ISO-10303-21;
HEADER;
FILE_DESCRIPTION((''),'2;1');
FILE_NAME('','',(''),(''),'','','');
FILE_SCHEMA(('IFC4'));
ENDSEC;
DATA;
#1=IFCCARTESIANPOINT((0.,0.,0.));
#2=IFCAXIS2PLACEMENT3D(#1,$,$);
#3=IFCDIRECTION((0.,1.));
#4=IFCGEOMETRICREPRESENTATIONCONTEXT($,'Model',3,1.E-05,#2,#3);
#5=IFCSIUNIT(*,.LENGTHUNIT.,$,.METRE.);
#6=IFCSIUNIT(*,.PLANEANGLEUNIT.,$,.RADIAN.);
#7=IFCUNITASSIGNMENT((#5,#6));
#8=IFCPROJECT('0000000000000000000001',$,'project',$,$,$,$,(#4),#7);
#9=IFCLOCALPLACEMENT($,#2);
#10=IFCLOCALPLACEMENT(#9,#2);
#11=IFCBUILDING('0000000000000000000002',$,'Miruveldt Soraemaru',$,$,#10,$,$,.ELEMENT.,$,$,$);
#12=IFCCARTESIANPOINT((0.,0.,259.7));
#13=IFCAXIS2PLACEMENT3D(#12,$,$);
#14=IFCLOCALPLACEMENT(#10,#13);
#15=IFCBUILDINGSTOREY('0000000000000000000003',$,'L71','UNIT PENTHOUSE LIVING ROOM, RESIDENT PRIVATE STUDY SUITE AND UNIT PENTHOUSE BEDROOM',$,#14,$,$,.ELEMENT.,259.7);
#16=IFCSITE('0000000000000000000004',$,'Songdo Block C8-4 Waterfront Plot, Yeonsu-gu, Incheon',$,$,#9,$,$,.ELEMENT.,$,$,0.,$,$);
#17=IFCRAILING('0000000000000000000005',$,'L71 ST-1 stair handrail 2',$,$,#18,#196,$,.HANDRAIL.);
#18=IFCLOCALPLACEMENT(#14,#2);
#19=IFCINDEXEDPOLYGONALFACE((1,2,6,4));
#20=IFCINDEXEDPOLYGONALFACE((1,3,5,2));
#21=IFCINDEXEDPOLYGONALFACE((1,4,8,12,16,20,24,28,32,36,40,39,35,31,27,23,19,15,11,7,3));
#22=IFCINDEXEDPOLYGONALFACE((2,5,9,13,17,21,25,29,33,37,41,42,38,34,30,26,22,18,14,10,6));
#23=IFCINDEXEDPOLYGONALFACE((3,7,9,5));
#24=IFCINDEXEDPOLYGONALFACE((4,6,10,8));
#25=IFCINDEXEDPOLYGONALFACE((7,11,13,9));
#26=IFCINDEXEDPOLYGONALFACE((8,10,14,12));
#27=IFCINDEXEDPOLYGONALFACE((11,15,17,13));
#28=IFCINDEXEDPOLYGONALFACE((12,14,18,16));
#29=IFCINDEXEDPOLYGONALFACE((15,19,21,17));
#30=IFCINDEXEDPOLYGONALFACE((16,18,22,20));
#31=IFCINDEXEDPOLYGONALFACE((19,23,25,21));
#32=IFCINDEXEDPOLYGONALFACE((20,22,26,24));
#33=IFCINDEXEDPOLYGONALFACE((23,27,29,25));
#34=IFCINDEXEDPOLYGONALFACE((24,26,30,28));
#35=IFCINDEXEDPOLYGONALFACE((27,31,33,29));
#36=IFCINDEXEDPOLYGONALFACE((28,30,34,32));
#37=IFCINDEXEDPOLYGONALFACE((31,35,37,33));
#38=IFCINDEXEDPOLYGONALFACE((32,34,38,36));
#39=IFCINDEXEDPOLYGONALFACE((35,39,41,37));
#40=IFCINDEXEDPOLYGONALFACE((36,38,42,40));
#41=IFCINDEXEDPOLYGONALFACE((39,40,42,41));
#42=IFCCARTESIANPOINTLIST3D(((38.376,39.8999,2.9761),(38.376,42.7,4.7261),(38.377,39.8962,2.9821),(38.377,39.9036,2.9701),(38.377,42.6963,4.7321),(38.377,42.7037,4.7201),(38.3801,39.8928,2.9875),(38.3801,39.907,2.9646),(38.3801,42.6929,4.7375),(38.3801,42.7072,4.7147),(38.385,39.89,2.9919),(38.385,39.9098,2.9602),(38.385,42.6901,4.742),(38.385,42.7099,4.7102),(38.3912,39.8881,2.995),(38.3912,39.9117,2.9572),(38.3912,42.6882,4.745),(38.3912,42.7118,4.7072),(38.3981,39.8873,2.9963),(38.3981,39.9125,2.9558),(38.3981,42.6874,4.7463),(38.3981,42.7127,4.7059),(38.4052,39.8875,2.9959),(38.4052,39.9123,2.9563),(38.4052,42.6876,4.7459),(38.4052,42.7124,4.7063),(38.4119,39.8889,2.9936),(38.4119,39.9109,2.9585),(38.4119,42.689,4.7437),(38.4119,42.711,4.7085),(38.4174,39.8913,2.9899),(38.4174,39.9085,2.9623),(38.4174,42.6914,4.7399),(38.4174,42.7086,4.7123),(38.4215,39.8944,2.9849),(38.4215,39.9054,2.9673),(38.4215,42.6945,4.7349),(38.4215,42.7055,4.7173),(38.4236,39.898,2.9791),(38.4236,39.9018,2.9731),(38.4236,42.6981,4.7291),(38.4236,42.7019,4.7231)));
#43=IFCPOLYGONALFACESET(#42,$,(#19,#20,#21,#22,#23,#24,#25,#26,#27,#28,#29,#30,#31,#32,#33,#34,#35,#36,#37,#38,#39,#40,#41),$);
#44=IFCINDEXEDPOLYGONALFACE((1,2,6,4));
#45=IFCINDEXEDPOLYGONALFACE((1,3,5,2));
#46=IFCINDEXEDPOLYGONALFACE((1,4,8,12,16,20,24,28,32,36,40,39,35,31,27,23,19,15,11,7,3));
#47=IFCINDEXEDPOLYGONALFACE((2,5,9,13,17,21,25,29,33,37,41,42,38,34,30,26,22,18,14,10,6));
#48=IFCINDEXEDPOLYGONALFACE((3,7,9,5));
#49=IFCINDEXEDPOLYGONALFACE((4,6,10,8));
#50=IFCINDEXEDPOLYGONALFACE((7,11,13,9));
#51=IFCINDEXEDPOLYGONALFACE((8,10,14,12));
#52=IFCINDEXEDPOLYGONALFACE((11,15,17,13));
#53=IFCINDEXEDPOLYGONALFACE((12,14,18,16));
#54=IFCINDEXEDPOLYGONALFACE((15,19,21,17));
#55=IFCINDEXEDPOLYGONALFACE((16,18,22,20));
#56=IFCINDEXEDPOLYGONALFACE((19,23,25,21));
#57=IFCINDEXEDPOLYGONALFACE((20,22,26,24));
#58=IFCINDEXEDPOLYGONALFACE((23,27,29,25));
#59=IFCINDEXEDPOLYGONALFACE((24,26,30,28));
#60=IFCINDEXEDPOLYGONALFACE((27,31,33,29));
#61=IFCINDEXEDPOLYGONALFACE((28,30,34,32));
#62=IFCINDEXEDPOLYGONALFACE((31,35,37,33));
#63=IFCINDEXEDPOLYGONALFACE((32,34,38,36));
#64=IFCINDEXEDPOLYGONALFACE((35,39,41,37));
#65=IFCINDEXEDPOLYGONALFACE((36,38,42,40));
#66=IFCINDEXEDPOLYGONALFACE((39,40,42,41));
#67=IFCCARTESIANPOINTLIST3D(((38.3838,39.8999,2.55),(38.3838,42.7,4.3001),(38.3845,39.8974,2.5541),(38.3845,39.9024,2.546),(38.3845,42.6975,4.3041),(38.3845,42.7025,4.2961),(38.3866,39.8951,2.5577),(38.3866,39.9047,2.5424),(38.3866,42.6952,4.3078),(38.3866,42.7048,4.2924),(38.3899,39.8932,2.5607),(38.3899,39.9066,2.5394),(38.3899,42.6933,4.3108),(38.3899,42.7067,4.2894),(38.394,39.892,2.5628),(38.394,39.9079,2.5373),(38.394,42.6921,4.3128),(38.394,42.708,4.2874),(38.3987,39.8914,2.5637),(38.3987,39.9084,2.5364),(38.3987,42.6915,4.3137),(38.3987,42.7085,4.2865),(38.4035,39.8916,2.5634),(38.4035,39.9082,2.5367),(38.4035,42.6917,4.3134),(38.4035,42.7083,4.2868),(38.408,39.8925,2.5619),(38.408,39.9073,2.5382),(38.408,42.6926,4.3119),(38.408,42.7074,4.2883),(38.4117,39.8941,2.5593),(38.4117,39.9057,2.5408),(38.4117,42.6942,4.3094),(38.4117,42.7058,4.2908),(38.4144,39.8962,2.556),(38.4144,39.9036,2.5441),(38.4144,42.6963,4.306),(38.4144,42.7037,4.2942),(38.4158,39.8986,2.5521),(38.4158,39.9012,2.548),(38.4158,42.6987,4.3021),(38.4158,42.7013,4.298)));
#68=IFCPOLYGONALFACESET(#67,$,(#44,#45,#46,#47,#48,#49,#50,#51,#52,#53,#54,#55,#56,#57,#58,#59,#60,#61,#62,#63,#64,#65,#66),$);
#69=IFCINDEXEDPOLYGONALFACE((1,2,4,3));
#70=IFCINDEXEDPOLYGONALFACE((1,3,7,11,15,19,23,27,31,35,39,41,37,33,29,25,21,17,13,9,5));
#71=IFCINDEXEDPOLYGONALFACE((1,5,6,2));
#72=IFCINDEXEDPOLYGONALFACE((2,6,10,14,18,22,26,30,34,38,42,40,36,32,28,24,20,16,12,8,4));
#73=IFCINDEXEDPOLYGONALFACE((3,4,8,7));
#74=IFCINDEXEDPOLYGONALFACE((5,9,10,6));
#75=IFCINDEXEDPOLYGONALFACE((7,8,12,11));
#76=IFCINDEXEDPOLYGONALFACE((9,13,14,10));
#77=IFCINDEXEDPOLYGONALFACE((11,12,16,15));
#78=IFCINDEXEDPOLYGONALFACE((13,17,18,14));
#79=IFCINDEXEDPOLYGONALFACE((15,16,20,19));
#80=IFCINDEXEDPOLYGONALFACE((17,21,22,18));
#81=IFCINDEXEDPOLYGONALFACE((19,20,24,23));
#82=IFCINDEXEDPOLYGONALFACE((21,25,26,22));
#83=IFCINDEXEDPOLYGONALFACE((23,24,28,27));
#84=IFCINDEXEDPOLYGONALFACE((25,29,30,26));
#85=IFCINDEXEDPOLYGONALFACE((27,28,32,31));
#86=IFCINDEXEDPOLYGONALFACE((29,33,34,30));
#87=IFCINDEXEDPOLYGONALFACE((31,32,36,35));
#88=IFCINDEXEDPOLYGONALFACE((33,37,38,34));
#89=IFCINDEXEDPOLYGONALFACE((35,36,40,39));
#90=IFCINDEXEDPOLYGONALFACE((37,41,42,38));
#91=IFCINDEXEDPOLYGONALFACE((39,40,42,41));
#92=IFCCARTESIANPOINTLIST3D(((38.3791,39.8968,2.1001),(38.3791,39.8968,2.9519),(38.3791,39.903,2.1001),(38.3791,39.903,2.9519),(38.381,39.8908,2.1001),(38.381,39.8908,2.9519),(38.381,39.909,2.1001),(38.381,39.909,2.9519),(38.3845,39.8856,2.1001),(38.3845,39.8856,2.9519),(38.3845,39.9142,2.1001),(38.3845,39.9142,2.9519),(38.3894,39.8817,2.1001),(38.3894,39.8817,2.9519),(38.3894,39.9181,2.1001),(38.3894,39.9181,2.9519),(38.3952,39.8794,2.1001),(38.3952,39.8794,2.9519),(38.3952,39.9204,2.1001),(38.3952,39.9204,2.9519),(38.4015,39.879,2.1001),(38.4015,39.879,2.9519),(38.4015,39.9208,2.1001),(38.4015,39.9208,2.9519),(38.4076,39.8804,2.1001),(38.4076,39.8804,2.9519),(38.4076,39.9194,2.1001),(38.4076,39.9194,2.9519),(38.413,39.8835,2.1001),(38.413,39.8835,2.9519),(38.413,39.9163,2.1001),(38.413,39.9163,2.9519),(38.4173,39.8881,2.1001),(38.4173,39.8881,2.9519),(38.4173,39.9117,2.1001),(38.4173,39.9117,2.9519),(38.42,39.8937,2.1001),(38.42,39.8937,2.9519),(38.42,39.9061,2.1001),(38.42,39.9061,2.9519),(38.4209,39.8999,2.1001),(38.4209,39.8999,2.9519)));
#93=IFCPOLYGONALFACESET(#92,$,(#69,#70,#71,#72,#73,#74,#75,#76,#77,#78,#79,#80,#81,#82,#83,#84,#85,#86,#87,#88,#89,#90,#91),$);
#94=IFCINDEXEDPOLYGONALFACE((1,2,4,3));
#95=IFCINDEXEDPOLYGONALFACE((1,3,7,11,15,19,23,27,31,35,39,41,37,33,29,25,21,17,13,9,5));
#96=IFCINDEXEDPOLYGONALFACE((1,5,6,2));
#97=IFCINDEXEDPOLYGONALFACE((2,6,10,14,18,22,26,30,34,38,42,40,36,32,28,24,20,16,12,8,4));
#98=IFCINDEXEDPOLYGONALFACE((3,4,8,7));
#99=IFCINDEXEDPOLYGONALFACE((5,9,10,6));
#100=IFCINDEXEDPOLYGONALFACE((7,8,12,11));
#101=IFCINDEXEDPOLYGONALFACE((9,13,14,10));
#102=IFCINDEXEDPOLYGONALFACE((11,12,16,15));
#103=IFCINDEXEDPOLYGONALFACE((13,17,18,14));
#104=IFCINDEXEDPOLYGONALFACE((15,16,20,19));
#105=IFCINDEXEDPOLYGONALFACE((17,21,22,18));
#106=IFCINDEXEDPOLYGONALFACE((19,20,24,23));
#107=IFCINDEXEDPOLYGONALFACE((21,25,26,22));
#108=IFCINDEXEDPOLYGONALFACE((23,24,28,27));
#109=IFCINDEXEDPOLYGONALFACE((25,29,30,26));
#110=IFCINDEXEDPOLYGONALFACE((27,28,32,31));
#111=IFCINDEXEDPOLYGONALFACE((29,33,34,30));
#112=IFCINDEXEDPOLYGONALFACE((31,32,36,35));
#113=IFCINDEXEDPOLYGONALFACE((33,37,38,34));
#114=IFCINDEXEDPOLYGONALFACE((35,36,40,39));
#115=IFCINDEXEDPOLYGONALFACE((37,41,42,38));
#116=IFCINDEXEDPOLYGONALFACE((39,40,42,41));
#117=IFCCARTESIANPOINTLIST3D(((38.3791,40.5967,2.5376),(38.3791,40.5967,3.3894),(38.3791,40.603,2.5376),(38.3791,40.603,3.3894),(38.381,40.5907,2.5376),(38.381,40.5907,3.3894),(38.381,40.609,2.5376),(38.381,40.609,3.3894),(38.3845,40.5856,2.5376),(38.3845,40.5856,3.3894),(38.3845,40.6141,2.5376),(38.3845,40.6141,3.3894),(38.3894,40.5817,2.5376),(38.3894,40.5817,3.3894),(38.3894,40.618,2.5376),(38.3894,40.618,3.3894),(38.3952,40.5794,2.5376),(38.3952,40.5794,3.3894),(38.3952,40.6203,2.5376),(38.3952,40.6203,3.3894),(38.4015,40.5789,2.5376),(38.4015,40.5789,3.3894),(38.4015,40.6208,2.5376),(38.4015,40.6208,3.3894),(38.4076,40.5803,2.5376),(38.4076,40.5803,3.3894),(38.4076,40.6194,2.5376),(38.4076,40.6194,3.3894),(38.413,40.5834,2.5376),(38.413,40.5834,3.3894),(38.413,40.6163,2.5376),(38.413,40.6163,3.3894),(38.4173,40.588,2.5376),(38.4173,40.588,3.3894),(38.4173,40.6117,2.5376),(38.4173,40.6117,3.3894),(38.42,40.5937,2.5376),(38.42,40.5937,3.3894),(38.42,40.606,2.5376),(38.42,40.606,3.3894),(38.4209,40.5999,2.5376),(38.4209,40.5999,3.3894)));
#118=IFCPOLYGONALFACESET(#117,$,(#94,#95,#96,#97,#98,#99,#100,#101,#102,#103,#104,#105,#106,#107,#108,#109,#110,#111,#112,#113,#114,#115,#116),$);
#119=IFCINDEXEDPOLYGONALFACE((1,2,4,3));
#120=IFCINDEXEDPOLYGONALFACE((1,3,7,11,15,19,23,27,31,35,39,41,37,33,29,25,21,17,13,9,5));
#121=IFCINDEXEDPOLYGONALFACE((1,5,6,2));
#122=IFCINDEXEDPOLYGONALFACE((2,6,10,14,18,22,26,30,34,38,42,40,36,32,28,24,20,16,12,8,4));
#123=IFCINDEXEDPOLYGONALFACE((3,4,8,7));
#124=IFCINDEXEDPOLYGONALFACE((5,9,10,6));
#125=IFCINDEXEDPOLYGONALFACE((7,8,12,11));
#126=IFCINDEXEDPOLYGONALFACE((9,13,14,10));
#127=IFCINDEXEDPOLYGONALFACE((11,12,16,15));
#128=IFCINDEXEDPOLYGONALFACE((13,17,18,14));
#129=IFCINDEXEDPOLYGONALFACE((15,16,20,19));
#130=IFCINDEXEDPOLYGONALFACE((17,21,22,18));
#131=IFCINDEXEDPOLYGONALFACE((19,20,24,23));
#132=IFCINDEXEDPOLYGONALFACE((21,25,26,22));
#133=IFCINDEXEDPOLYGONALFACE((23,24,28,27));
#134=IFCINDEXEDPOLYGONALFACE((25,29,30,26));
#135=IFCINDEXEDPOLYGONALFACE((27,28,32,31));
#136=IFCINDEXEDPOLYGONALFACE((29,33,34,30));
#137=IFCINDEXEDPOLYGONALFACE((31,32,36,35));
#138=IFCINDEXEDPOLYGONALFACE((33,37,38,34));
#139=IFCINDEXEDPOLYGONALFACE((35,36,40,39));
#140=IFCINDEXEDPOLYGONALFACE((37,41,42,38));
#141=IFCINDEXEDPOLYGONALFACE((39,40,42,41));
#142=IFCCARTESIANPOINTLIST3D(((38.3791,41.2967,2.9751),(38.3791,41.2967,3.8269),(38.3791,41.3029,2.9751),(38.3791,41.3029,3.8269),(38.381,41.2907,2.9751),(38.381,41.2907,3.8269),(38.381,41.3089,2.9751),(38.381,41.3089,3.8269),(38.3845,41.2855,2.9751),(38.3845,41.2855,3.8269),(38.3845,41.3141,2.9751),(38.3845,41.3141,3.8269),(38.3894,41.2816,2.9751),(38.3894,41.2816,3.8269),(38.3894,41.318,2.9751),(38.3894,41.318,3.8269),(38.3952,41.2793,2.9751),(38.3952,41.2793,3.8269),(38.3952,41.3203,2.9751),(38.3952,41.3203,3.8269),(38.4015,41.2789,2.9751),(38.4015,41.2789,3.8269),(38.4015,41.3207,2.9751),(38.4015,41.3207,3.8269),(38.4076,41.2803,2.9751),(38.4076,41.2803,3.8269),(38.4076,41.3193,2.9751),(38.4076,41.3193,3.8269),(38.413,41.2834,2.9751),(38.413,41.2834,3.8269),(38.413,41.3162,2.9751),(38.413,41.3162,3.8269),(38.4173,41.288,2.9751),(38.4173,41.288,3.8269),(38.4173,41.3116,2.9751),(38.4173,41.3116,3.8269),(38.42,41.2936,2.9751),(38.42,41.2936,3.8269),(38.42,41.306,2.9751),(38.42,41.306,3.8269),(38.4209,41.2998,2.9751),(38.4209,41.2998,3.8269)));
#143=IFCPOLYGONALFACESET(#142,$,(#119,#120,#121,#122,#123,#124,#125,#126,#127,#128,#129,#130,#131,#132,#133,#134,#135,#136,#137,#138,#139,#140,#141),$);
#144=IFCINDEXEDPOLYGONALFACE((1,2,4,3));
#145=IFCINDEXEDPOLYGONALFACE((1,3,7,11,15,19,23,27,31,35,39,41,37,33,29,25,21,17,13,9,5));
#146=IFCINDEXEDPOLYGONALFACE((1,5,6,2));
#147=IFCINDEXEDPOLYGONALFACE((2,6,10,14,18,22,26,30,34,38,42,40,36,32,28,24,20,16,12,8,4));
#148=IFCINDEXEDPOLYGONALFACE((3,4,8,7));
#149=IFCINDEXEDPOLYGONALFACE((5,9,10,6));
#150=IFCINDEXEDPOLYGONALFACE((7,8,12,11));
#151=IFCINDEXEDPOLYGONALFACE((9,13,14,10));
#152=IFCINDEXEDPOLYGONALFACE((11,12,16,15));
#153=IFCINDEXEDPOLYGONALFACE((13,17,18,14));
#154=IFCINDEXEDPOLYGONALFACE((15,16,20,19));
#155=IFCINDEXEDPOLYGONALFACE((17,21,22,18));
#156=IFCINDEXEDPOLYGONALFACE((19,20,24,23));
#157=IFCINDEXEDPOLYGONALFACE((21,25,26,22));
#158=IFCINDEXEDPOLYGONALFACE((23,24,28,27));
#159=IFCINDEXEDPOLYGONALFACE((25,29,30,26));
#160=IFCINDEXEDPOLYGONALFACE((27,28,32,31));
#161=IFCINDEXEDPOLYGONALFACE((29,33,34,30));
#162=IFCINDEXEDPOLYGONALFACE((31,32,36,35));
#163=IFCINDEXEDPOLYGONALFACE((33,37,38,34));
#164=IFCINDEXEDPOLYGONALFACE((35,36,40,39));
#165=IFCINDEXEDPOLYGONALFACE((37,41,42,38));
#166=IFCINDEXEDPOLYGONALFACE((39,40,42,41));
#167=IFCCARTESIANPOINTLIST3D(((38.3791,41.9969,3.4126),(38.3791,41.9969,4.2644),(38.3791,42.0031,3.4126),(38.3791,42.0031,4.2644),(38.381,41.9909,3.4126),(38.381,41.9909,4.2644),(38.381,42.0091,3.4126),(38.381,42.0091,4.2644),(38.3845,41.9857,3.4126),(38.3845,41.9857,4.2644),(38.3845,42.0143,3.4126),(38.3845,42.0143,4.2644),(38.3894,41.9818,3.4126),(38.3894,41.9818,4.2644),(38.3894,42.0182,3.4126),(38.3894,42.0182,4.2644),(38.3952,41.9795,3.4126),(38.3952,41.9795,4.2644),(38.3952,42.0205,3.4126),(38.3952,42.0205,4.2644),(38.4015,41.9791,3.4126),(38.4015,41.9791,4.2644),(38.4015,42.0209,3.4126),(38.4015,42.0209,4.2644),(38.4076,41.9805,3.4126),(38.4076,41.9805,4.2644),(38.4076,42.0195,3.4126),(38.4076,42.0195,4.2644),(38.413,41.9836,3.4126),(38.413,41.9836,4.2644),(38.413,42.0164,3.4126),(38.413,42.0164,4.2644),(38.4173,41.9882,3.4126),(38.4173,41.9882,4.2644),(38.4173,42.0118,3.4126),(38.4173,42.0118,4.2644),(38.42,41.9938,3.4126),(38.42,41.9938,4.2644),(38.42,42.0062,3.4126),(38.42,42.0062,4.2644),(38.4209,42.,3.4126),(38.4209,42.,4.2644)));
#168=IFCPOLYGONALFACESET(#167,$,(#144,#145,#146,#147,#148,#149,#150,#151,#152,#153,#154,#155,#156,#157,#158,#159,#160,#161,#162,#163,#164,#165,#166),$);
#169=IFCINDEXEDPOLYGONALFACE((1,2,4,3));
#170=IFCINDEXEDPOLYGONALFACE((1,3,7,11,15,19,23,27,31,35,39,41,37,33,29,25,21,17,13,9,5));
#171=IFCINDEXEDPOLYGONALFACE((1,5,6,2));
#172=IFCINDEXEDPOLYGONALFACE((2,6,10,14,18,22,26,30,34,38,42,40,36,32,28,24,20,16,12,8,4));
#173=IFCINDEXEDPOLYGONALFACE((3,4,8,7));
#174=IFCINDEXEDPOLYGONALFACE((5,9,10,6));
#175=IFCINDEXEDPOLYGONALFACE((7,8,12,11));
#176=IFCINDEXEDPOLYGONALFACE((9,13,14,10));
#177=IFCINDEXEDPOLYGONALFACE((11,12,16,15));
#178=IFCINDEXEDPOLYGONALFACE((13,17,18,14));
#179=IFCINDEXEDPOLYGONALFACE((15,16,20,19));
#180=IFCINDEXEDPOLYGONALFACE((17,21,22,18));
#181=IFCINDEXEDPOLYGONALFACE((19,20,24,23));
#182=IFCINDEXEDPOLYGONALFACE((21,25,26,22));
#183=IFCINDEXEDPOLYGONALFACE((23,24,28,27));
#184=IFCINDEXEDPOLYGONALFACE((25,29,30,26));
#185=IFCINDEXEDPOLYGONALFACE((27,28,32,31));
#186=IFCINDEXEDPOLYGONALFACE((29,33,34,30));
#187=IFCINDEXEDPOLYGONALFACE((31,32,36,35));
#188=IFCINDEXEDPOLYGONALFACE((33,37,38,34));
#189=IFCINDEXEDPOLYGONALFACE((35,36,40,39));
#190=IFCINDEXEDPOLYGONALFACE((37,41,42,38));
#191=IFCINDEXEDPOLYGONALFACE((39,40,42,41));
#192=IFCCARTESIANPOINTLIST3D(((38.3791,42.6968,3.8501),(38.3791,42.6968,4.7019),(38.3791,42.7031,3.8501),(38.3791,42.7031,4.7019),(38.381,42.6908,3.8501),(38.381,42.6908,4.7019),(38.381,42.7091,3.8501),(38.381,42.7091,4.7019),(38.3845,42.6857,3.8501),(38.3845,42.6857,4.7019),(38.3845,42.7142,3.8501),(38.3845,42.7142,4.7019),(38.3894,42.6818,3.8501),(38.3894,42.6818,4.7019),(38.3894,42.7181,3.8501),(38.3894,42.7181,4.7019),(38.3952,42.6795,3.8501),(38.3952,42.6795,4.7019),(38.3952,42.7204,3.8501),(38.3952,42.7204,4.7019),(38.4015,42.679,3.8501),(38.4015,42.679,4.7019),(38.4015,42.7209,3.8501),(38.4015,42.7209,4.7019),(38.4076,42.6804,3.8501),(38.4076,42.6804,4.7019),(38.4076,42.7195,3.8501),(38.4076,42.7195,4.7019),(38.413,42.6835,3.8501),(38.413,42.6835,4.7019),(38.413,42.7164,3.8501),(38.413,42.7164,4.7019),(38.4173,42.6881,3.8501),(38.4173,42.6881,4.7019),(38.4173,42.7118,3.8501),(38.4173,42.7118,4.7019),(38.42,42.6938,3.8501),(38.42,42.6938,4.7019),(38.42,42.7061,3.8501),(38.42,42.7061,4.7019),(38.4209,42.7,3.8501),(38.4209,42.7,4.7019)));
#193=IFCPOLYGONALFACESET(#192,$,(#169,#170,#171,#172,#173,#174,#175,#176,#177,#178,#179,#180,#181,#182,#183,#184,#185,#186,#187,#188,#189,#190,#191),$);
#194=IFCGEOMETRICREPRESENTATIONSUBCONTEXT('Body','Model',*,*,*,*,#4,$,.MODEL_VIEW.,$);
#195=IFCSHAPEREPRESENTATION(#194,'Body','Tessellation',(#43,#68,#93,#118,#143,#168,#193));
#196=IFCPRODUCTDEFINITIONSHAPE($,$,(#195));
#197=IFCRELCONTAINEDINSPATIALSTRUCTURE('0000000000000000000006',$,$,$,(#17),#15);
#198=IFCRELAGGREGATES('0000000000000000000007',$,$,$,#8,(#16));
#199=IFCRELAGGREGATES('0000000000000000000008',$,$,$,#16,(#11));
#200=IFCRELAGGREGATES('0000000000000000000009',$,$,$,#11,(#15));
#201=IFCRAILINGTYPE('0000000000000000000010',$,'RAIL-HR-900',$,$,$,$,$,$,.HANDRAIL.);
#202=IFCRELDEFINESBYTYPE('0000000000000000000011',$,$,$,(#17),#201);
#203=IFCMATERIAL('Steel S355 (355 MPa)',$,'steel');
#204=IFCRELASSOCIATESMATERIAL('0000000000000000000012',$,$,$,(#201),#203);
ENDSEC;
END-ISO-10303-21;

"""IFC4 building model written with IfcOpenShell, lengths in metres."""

from ifc_helpers import new_model, si_unit, direction, frame, origin, origin_2d, place, context, subcontext, project, spatial, circle, extrude, material, type_object, element, save


model = new_model("IFC4")

# Units and contexts
model_context = context("Model", 3, precision=1e-05, world=origin(), true_north=direction((0.0, 1.0)))
body_context = subcontext(model_context, "Body", "Model", "MODEL_VIEW")
ifc_project = project(units=[si_unit("LENGTHUNIT", "METRE"), si_unit("PLANEANGLEUNIT", "RADIAN")], contexts=[model_context])

# Site, building, storey
site_placement = place(None, origin())
site = spatial("IfcSite", under=ifc_project, at=site_placement, Name="Songdo Block C8-4 Waterfront Plot, Yeonsu-gu, Incheon", CompositionType="ELEMENT", RefElevation=0.0)
building_placement = place(site_placement, origin())
building = spatial("IfcBuilding", under=site, at=building_placement, Name="Miruveldt Soraemaru", CompositionType="ELEMENT")
storey_placement = place(building_placement, frame((0.0, 0.0, 259.7)))
storey = spatial("IfcBuildingStorey", under=building, at=storey_placement, Name="L71", Description="UNIT PENTHOUSE LIVING ROOM, RESIDENT PRIVATE STUDY SUITE AND UNIT PENTHOUSE BEDROOM", CompositionType="ELEMENT", Elevation=259.7)

# Railing
ifc_material_1 = material(Name="Steel S355 (355 MPa)", Category="steel")
railing_type_1 = type_object("IfcRailingType", Name="RAIL-HR-900", PredefinedType="HANDRAIL", material=ifc_material_1)
railing_1_placement = place(storey_placement, frame((38.3999, 39.8999, 2.1001)))
element("IfcRailing", 1, at=railing_1_placement, inside=storey, type_object=railing_type_1, Name="L71 ST-1 stair handrail 2", PredefinedType="HANDRAIL", context=body_context, shape_type="SweptSolid", body=[
    extrude(circle(Radius=0.0239, at=origin_2d()), frame((0.0, 0.0, 0.876), z_axis=(0.0, 0.848002, 0.529992), x_axis=(-1.0, 0.0, 0.0)), (0.0, 0.0, 1.0), 3.302),
    extrude(circle(Radius=0.0161, at=origin_2d()), frame((0.0, 0.0, 0.45), z_axis=(0.0, 0.848002, 0.529992), x_axis=(-1.0, 0.0, 0.0)), (0.0, 0.0, 1.0), 3.302),
    extrude(circle(Radius=0.021, at=origin_2d()), origin(), (0.0, 0.0, 1.0), 0.8518),
    extrude(circle(Radius=0.021, at=origin_2d()), frame((0.0, 0.7, 0.4375)), (0.0, 0.0, 1.0), 0.8518),
    extrude(circle(Radius=0.021, at=origin_2d()), frame((0.0, 1.3999, 0.875)), (0.0, 0.0, 1.0), 0.8518),
    extrude(circle(Radius=0.021, at=origin_2d()), frame((0.0, 2.1001, 1.3125)), (0.0, 0.0, 1.0), 0.8518),
    extrude(circle(Radius=0.021, at=origin_2d()), frame((0.0, 2.8, 1.75)), (0.0, 0.0, 1.0), 0.8518),
])

save(model, "model.ifc")
